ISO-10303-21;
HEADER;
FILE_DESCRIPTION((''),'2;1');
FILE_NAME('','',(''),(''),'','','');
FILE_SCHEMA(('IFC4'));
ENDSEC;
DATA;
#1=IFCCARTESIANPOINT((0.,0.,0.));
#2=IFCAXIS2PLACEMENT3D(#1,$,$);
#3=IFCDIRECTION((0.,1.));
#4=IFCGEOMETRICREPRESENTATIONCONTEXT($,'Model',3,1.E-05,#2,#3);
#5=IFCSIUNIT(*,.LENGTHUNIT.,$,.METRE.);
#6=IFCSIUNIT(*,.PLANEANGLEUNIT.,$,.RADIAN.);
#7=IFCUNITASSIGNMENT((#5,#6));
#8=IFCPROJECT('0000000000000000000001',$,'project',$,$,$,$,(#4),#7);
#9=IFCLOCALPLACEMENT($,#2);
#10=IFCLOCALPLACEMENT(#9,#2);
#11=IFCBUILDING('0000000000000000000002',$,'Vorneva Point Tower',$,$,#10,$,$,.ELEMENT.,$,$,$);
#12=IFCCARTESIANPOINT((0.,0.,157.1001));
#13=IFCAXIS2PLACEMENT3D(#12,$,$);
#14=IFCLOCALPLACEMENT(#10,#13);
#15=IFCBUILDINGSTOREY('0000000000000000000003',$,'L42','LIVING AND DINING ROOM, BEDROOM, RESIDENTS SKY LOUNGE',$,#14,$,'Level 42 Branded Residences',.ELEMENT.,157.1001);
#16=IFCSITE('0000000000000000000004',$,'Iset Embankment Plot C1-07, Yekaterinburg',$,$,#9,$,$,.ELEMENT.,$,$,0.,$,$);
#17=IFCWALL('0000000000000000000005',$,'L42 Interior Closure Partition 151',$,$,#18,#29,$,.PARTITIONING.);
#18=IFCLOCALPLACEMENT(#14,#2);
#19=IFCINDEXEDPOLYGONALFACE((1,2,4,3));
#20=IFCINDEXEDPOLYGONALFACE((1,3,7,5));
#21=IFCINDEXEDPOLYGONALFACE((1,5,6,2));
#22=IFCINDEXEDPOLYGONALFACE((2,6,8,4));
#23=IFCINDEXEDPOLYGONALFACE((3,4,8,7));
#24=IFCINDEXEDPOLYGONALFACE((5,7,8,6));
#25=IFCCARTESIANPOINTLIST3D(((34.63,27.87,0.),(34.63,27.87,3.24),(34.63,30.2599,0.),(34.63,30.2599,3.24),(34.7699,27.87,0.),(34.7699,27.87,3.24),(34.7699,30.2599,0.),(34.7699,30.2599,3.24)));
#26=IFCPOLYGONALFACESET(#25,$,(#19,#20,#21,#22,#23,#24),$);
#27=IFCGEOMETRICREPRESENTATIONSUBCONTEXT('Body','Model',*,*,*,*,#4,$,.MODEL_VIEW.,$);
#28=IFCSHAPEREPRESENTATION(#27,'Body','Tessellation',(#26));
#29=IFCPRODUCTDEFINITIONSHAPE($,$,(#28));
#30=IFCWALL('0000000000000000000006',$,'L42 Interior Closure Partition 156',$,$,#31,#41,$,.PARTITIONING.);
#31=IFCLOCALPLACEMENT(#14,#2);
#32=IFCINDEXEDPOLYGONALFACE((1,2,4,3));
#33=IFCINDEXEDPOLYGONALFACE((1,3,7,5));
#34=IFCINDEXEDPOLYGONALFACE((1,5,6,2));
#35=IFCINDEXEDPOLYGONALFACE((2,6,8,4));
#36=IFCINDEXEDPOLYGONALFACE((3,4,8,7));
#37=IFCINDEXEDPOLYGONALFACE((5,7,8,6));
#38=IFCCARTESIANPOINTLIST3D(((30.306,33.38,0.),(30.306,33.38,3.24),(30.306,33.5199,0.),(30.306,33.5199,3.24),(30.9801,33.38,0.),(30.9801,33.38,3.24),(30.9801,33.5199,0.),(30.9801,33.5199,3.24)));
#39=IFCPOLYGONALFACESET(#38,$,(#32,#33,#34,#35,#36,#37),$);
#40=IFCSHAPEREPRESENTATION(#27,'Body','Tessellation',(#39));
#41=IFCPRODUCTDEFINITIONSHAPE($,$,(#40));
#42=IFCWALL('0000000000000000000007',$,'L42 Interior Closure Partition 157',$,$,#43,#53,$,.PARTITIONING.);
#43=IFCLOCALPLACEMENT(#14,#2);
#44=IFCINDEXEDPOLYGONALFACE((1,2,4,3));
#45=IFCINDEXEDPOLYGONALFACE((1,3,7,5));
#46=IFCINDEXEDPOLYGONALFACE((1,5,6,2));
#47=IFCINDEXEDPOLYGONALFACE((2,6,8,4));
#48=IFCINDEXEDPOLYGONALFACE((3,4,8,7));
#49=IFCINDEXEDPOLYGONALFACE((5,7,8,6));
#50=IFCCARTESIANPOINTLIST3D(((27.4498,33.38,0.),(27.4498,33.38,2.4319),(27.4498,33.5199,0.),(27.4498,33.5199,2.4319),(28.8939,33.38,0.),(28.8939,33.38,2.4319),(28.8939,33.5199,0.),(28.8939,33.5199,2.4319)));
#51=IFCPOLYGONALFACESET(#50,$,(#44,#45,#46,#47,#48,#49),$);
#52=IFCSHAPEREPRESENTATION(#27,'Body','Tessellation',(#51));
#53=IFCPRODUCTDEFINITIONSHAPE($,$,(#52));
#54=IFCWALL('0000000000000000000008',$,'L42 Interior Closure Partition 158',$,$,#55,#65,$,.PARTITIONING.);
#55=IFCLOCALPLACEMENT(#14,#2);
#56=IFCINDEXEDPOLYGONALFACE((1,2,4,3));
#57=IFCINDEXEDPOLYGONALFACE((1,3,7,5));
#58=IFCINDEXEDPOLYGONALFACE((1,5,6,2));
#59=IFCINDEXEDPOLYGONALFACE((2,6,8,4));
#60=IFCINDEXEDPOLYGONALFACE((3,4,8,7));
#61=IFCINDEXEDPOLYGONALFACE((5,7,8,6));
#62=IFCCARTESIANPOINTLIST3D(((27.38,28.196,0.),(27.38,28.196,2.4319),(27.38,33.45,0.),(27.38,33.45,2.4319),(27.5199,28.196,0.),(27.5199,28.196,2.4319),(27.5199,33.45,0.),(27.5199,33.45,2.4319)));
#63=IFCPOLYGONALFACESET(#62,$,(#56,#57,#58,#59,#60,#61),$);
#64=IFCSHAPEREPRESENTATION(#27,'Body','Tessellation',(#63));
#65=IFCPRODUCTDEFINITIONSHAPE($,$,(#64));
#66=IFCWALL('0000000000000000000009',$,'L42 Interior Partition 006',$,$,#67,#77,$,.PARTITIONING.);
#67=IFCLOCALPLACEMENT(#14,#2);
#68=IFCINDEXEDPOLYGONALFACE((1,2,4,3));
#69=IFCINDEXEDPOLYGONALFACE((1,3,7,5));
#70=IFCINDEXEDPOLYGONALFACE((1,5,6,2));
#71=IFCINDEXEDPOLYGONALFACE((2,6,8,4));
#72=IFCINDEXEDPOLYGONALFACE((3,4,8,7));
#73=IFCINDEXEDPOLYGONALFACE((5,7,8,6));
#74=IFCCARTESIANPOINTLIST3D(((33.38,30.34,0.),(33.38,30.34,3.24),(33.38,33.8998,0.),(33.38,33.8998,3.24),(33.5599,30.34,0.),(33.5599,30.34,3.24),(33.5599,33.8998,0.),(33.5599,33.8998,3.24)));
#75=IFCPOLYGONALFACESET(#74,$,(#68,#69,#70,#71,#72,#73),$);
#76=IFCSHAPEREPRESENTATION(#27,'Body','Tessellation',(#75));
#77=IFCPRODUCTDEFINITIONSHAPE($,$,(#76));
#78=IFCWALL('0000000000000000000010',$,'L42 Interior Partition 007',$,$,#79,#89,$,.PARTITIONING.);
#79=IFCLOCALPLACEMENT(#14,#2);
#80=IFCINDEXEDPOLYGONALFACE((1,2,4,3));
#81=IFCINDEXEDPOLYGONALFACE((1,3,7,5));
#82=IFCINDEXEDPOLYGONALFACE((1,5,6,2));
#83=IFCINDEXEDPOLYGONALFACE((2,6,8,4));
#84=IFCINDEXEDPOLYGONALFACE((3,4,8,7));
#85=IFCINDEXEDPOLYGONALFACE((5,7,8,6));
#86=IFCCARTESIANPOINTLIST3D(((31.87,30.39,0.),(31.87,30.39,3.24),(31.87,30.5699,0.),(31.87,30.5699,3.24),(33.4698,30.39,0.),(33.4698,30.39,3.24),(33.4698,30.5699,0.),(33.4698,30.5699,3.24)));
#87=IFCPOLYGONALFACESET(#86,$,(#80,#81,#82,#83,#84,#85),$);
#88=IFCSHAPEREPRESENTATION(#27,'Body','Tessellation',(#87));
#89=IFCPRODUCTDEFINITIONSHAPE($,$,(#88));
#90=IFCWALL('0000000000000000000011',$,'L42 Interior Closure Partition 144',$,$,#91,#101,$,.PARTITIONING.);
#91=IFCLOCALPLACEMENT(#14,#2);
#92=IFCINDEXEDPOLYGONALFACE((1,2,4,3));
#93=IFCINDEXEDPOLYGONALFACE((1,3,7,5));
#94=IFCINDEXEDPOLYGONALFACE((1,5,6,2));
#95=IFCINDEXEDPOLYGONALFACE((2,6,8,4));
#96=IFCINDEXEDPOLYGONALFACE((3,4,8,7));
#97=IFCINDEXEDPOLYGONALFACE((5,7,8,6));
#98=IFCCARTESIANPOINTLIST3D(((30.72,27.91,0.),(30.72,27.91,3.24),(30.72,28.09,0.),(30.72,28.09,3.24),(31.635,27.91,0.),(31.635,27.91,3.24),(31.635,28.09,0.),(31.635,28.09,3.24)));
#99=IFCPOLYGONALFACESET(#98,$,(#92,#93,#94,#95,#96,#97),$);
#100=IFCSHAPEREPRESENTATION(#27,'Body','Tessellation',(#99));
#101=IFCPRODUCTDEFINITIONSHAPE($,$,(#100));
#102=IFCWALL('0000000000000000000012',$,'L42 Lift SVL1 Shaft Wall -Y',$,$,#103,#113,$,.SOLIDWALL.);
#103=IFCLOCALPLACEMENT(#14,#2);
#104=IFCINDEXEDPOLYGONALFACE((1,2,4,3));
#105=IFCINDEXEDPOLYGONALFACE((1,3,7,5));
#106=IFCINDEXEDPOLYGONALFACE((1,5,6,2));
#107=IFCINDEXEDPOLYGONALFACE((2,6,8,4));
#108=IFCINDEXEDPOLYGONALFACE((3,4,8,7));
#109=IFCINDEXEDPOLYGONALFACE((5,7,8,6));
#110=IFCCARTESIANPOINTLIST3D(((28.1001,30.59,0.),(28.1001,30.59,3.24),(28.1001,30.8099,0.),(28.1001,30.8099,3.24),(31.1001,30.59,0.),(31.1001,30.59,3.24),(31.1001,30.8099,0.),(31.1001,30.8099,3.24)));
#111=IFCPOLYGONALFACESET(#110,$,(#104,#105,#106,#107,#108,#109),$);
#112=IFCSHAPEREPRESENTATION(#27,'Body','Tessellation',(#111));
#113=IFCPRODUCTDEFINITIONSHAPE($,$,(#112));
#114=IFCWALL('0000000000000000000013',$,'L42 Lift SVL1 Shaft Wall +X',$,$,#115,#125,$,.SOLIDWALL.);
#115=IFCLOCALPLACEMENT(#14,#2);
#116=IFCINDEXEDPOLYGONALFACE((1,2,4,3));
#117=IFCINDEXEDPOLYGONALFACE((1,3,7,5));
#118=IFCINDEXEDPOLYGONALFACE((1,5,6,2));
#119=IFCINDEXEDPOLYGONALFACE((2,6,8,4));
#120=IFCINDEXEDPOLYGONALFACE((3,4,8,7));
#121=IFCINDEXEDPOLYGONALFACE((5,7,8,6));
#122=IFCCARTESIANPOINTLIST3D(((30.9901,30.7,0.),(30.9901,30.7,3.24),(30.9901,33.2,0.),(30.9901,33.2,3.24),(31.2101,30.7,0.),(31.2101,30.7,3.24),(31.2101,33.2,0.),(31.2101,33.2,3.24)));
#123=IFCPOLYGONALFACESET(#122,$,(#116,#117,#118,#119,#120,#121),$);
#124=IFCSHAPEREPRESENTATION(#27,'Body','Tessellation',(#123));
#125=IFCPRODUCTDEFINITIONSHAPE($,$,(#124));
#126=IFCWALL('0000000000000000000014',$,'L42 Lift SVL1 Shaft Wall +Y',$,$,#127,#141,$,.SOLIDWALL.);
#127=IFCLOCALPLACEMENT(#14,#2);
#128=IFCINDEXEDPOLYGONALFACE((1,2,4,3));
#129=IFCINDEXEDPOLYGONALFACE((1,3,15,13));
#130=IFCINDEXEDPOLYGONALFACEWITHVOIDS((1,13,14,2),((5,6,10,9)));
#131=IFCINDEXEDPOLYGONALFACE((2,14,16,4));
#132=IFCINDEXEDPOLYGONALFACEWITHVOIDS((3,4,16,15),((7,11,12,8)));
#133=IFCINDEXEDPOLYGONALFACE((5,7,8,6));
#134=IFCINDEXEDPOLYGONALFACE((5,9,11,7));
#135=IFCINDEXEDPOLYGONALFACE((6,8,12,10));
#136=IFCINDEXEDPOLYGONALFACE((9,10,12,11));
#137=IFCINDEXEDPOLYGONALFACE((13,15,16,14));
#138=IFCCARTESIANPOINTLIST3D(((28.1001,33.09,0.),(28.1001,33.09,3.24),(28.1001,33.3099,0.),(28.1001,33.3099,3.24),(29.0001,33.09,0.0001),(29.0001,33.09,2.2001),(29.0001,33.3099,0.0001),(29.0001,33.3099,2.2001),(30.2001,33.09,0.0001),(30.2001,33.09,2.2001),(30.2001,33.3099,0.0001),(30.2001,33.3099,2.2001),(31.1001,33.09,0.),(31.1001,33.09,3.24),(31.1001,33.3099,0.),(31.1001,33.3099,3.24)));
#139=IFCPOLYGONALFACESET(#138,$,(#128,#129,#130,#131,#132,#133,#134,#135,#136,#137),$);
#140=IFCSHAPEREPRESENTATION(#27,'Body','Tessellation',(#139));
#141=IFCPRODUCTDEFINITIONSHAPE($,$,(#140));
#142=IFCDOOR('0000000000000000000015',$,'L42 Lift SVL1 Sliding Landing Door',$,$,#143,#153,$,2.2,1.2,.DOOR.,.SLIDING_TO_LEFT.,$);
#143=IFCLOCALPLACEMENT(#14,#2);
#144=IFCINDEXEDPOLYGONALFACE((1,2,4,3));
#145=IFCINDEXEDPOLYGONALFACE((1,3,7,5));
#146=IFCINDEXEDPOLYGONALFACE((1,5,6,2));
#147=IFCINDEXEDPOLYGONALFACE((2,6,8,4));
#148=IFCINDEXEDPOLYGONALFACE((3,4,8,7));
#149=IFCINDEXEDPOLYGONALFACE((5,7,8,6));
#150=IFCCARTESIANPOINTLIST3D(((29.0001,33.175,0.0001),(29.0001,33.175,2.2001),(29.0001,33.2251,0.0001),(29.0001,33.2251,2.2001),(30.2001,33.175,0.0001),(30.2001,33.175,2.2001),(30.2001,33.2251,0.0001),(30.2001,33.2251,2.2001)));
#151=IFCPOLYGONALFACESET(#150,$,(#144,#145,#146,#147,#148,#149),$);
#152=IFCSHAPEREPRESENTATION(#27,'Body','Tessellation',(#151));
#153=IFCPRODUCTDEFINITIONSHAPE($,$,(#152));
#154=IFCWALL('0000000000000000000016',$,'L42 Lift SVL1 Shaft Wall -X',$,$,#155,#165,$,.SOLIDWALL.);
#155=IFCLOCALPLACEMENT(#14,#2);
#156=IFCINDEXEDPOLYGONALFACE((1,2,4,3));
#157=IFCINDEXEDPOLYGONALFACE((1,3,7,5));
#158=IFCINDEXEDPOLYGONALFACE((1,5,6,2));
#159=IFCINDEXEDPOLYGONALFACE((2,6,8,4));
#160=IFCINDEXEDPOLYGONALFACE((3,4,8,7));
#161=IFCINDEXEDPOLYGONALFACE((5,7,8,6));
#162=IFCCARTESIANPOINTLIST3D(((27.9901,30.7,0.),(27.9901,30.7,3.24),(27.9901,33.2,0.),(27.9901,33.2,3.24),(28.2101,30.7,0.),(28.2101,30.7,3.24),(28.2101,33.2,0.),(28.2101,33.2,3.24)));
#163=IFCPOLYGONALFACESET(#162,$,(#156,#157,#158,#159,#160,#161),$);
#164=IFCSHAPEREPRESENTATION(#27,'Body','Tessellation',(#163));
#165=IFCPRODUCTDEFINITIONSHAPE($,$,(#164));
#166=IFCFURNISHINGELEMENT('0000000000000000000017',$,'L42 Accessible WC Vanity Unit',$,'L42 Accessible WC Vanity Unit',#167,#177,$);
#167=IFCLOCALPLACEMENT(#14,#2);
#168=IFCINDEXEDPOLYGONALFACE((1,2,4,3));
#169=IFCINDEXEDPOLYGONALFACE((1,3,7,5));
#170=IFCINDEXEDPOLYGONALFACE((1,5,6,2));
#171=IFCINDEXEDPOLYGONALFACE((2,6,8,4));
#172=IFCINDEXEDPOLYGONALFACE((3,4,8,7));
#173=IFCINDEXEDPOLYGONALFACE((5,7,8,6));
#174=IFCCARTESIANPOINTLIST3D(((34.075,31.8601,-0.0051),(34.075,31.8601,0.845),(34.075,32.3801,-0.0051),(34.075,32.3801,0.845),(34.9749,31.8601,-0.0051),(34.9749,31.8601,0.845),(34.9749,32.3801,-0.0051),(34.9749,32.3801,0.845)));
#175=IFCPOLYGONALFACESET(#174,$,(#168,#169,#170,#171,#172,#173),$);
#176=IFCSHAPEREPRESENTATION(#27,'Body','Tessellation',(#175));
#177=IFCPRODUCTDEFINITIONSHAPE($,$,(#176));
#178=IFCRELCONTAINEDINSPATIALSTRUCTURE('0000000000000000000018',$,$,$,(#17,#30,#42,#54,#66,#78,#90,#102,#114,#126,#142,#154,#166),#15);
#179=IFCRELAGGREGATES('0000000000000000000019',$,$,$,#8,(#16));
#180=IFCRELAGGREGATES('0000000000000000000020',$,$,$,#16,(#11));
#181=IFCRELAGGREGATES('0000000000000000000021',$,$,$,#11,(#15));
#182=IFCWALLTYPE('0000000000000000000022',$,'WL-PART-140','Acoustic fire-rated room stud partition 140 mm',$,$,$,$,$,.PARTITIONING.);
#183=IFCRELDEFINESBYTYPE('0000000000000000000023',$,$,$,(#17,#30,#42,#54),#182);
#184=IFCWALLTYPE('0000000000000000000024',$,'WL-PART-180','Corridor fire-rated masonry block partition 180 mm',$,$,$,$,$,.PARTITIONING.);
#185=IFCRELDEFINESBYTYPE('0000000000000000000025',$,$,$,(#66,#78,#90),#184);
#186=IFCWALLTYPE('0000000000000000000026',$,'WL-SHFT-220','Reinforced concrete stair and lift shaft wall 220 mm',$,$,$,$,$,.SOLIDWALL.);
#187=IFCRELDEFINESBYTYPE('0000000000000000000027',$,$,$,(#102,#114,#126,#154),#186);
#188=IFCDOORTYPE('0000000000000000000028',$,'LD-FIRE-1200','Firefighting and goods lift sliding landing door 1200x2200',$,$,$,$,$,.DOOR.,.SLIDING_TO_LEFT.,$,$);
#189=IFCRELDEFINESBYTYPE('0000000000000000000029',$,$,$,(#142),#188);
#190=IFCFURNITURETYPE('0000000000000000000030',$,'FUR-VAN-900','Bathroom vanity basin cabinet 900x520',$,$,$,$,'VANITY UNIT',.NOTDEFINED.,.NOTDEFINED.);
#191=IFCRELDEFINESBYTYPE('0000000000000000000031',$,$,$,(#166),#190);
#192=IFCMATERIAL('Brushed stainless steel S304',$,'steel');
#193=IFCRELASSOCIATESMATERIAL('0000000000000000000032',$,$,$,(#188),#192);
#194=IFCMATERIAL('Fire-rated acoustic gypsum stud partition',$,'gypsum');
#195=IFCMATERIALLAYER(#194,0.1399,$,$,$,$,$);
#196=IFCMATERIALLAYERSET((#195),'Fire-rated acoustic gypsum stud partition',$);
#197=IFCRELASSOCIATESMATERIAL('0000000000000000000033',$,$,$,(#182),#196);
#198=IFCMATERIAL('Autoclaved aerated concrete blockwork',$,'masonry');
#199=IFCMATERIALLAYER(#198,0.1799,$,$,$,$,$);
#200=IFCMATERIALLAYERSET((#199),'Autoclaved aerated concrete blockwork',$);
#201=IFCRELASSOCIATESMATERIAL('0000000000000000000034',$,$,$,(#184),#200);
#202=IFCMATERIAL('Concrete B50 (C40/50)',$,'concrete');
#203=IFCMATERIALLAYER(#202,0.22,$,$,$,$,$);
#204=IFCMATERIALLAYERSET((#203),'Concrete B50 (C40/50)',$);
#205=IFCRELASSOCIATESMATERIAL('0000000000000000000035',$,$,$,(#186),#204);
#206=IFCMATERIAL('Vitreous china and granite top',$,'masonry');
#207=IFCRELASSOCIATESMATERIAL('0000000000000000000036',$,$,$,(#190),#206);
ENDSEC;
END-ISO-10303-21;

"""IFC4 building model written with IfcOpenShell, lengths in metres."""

from ifc_helpers import new_model, si_unit, direction, frame, frame_2d, origin, origin_2d, place, context, subcontext, project, spatial, rectangle, extrude, material, layer, layer_set, type_object, element, fill, save


model = new_model("IFC4")

# Units and contexts
model_context = context("Model", 3, precision=1e-05, world=origin(), true_north=direction((0.0, 1.0)))
body_context = subcontext(model_context, "Body", "Model", "MODEL_VIEW")
ifc_project = project(units=[si_unit("LENGTHUNIT", "METRE"), si_unit("PLANEANGLEUNIT", "RADIAN")], contexts=[model_context])

# Site, building, storey
site_placement = place(None, origin())
site = spatial("IfcSite", under=ifc_project, at=site_placement, Name="Iset Embankment Plot C1-07, Yekaterinburg", CompositionType="ELEMENT", RefElevation=0.0)
building_placement = place(site_placement, origin())
building = spatial("IfcBuilding", under=site, at=building_placement, Name="Vorneva Point Tower", CompositionType="ELEMENT")
storey_placement = place(building_placement, frame((0.0, 0.0, 157.1001)))
storey = spatial("IfcBuildingStorey", under=building, at=storey_placement, Name="L42", Description="LIVING AND DINING ROOM, BEDROOM, RESIDENTS SKY LOUNGE", LongName="Level 42 Branded Residences", CompositionType="ELEMENT", Elevation=157.1001)

# Shared definitions
ifc_material_1 = material(Name="Brushed stainless steel S304", Category="steel")
door_type_1 = type_object("IfcDoorType", Name="LD-FIRE-1200", Description="Firefighting and goods lift sliding landing door 1200x2200", OperationType="SLIDING_TO_LEFT", PredefinedType="DOOR", material=ifc_material_1)

# Walls
ifc_material_2 = material(Name="Fire-rated acoustic gypsum stud partition", Category="gypsum")
ifc_layer_1 = layer(ifc_material_2, 0.1399)
ifc_layer_set_1 = layer_set([ifc_layer_1], Name="Fire-rated acoustic gypsum stud partition")
wall_type_1 = type_object("IfcWallType", Name="WL-PART-140", Description="Acoustic fire-rated room stud partition 140 mm", PredefinedType="PARTITIONING", material=ifc_layer_set_1)
for number, where, z_axis, x_axis, name in (
    (1, (34.7, 27.8701, 0.0), (0.0, 0.0, 1.0), (0.0, 1.0, 0.0), "L42 Interior Closure Partition 151"),
):
    element("IfcWall", number, at=place(storey_placement, frame(where, z_axis=z_axis, x_axis=x_axis)), inside=storey, type_object=wall_type_1, Name=name, PredefinedType="PARTITIONING", context=body_context, shape_type="SweptSolid", body=[
        extrude(rectangle(XDim=2.3899, YDim=0.1399, at=frame_2d((1.1948, 0.0))), origin(), (0.0, 0.0, 1.0), 3.24),
    ])
wall_1_placement = place(storey_placement, frame((30.98, 33.45, 0.0), z_axis=(0.0, 0.0, 1.0), x_axis=(-1.0, 0.0, 0.0)))
element("IfcWall", 2, at=wall_1_placement, inside=storey, type_object=wall_type_1, Name="L42 Interior Closure Partition 156", PredefinedType="PARTITIONING", context=body_context, shape_type="SweptSolid", body=[
    extrude(rectangle(XDim=0.6741, YDim=0.1399, at=frame_2d((0.3369, 0.0))), origin(), (0.0, 0.0, 1.0), 3.24),
])
wall_2_placement = place(storey_placement, frame((28.894, 33.45, 0.0), z_axis=(0.0, 0.0, 1.0), x_axis=(-1.0, 0.0, 0.0)))
element("IfcWall", 3, at=wall_2_placement, inside=storey, type_object=wall_type_1, Name="L42 Interior Closure Partition 157", PredefinedType="PARTITIONING", context=body_context, shape_type="SweptSolid", body=[
    extrude(rectangle(XDim=1.4441, YDim=0.1399, at=frame_2d((0.7222, 0.0))), origin(), (0.0, 0.0, 1.0), 2.4319),
])
wall_3_placement = place(storey_placement, frame((27.45, 33.45, 0.0), z_axis=(0.0, 0.0, 1.0), x_axis=(0.0, -1.0, 0.0)))
element("IfcWall", 4, at=wall_3_placement, inside=storey, type_object=wall_type_1, Name="L42 Interior Closure Partition 158", PredefinedType="PARTITIONING", context=body_context, shape_type="SweptSolid", body=[
    extrude(rectangle(XDim=5.2539, YDim=0.1399, at=frame_2d((2.627, 0.0))), origin(), (0.0, 0.0, 1.0), 2.4319),
])

# Shared definitions
ifc_material_3 = material(Name="Autoclaved aerated concrete blockwork", Category="masonry")
ifc_layer_2 = layer(ifc_material_3, 0.1799)
ifc_layer_set_2 = layer_set([ifc_layer_2], Name="Autoclaved aerated concrete blockwork")
wall_type_2 = type_object("IfcWallType", Name="WL-PART-180", Description="Corridor fire-rated masonry block partition 180 mm", PredefinedType="PARTITIONING", material=ifc_layer_set_2)

# Walls
wall_4_placement = place(storey_placement, frame((33.47, 30.3401, 0.0), z_axis=(0.0, 0.0, 1.0), x_axis=(0.0, 1.0, 0.0)))
element("IfcWall", 5, at=wall_4_placement, inside=storey, type_object=wall_type_2, Name="L42 Interior Partition 006", PredefinedType="PARTITIONING", context=body_context, shape_type="SweptSolid", body=[
    extrude(rectangle(XDim=3.5598, YDim=0.1799, at=frame_2d((1.7798, 0.0))), origin(), (0.0, 0.0, 1.0), 3.24),
])
wall_5_placement = place(storey_placement, frame((31.8701, 30.48, 0.0), z_axis=(0.0, 0.0, 1.0), x_axis=(1.0, 0.0, 0.0)))
element("IfcWall", 6, at=wall_5_placement, inside=storey, type_object=wall_type_2, Name="L42 Interior Partition 007", PredefinedType="PARTITIONING", context=body_context, shape_type="SweptSolid", body=[
    extrude(rectangle(XDim=1.5999, YDim=0.1799, at=frame_2d((0.7998, 0.0))), origin(), (0.0, 0.0, 1.0), 3.24),
])

# Walls
wall_6_placement = place(storey_placement, frame((31.635, 28.0, 0.0), z_axis=(0.0, 0.0, 1.0), x_axis=(-1.0, 0.0, 0.0)))
element("IfcWall", 7, at=wall_6_placement, inside=storey, type_object=wall_type_2, Name="L42 Interior Closure Partition 144", PredefinedType="PARTITIONING", context=body_context, shape_type="SweptSolid", body=[
    extrude(rectangle(XDim=0.915, YDim=0.1799, at=frame_2d((0.4575, 0.0))), origin(), (0.0, 0.0, 1.0), 3.24),
])
ifc_material_4 = material(Name="Concrete B50 (C40/50)", Category="concrete")
ifc_layer_3 = layer(ifc_material_4, 0.22)
ifc_layer_set_3 = layer_set([ifc_layer_3], Name="Concrete B50 (C40/50)")
wall_type_3 = type_object("IfcWallType", Name="WL-SHFT-220", Description="Reinforced concrete stair and lift shaft wall 220 mm", PredefinedType="SOLIDWALL", material=ifc_layer_set_3)
wall_7_placement = place(storey_placement, frame((28.1001, 30.7, 0.0), z_axis=(0.0, 0.0, 1.0), x_axis=(1.0, 0.0, 0.0)))
element("IfcWall", 8, at=wall_7_placement, inside=storey, type_object=wall_type_3, Name="L42 Lift SVL1 Shaft Wall -Y", PredefinedType="SOLIDWALL", context=body_context, shape_type="SweptSolid", body=[
    extrude(rectangle(XDim=3.0, YDim=0.22, at=frame_2d((1.5, 0.0))), origin(), (0.0, 0.0, 1.0), 3.24),
])
wall_8_placement = place(storey_placement, frame((31.1001, 30.7, 0.0), z_axis=(0.0, 0.0, 1.0), x_axis=(0.0, 1.0, 0.0)))
element("IfcWall", 9, at=wall_8_placement, inside=storey, type_object=wall_type_3, Name="L42 Lift SVL1 Shaft Wall +X", PredefinedType="SOLIDWALL", context=body_context, shape_type="SweptSolid", body=[
    extrude(rectangle(XDim=2.5, YDim=0.22, at=frame_2d((1.25, 0.0))), origin(), (0.0, 0.0, 1.0), 3.24),
])

# Wall, opening, door
wall_9_placement = place(storey_placement, frame((31.1001, 33.2, 0.0), z_axis=(0.0, 0.0, 1.0), x_axis=(-1.0, 0.0, 0.0)))
wall_9 = element("IfcWall", 10, at=wall_9_placement, inside=storey, type_object=wall_type_3, Name="L42 Lift SVL1 Shaft Wall +Y", PredefinedType="SOLIDWALL", context=body_context, shape_type="SweptSolid", body=[
    extrude(rectangle(XDim=3.0, YDim=0.22, at=frame_2d((1.5, 0.0))), origin(), (0.0, 0.0, 1.0), 3.24),
])
opening_1_placement = place(wall_9_placement, frame((0.8999, 0.0, 0.0)))
opening_1 = element("IfcOpeningElement", 11, at=opening_1_placement, cuts=wall_9, PredefinedType="OPENING", context=body_context, shape_type="SweptSolid", body=[
    extrude(rectangle(XDim=1.2, YDim=2.2, at=frame_2d((0.6001, 1.1001))), frame((0.0, 0.125, 0.0), z_axis=(0.0, -1.0, 0.0), x_axis=(1.0, 0.0, 0.0)), (0.0, 0.0, 1.0), 0.2498),
])
door_1_placement = place(opening_1_placement, origin())
door_1 = element("IfcDoor", 12, at=door_1_placement, inside=storey, type_object=door_type_1, Name="L42 Lift SVL1 Sliding Landing Door", OperationType="SLIDING_TO_LEFT", OverallHeight=2.2, OverallWidth=1.2, PredefinedType="DOOR", context=body_context, shape_type="SweptSolid", body=[
    extrude(rectangle(XDim=1.2, YDim=2.2, at=frame_2d((0.6001, 1.1001))), frame((0.0, 0.0249, 0.0), z_axis=(0.0, -1.0, 0.0), x_axis=(1.0, 0.0, 0.0)), (0.0, 0.0, 1.0), 0.05),
])
fill(opening_1, door_1)

# Wall
wall_10_placement = place(storey_placement, frame((28.1001, 33.2, 0.0), z_axis=(0.0, 0.0, 1.0), x_axis=(0.0, -1.0, 0.0)))
element("IfcWall", 13, at=wall_10_placement, inside=storey, type_object=wall_type_3, Name="L42 Lift SVL1 Shaft Wall -X", PredefinedType="SOLIDWALL", context=body_context, shape_type="SweptSolid", body=[
    extrude(rectangle(XDim=2.5, YDim=0.22, at=frame_2d((1.25, 0.0))), origin(), (0.0, 0.0, 1.0), 3.24),
])

# Furnishing element
ifc_material_5 = material(Name="Vitreous china and granite top", Category="masonry")
furniture_type = type_object("IfcFurnitureType", Name="FUR-VAN-900", Description="Bathroom vanity basin cabinet 900x520", ElementType="VANITY UNIT", AssemblyPlace="NOTDEFINED", PredefinedType="NOTDEFINED", material=ifc_material_5)
furnishing_placement = place(storey_placement, frame((34.5249, 32.1201, -0.0051), z_axis=(0.0, 0.0, 1.0), x_axis=(1.0, 0.0, 0.0)))
element("IfcFurnishingElement", 14, at=furnishing_placement, inside=storey, type_object=furniture_type, Name="L42 Accessible WC Vanity Unit", ObjectType="L42 Accessible WC Vanity Unit", context=body_context, shape_type="SweptSolid", body=[
    extrude(rectangle(XDim=0.8999, YDim=0.52, at=origin_2d()), origin(), (0.0, 0.0, 1.0), 0.8501),
])

save(model, "model.ifc")
